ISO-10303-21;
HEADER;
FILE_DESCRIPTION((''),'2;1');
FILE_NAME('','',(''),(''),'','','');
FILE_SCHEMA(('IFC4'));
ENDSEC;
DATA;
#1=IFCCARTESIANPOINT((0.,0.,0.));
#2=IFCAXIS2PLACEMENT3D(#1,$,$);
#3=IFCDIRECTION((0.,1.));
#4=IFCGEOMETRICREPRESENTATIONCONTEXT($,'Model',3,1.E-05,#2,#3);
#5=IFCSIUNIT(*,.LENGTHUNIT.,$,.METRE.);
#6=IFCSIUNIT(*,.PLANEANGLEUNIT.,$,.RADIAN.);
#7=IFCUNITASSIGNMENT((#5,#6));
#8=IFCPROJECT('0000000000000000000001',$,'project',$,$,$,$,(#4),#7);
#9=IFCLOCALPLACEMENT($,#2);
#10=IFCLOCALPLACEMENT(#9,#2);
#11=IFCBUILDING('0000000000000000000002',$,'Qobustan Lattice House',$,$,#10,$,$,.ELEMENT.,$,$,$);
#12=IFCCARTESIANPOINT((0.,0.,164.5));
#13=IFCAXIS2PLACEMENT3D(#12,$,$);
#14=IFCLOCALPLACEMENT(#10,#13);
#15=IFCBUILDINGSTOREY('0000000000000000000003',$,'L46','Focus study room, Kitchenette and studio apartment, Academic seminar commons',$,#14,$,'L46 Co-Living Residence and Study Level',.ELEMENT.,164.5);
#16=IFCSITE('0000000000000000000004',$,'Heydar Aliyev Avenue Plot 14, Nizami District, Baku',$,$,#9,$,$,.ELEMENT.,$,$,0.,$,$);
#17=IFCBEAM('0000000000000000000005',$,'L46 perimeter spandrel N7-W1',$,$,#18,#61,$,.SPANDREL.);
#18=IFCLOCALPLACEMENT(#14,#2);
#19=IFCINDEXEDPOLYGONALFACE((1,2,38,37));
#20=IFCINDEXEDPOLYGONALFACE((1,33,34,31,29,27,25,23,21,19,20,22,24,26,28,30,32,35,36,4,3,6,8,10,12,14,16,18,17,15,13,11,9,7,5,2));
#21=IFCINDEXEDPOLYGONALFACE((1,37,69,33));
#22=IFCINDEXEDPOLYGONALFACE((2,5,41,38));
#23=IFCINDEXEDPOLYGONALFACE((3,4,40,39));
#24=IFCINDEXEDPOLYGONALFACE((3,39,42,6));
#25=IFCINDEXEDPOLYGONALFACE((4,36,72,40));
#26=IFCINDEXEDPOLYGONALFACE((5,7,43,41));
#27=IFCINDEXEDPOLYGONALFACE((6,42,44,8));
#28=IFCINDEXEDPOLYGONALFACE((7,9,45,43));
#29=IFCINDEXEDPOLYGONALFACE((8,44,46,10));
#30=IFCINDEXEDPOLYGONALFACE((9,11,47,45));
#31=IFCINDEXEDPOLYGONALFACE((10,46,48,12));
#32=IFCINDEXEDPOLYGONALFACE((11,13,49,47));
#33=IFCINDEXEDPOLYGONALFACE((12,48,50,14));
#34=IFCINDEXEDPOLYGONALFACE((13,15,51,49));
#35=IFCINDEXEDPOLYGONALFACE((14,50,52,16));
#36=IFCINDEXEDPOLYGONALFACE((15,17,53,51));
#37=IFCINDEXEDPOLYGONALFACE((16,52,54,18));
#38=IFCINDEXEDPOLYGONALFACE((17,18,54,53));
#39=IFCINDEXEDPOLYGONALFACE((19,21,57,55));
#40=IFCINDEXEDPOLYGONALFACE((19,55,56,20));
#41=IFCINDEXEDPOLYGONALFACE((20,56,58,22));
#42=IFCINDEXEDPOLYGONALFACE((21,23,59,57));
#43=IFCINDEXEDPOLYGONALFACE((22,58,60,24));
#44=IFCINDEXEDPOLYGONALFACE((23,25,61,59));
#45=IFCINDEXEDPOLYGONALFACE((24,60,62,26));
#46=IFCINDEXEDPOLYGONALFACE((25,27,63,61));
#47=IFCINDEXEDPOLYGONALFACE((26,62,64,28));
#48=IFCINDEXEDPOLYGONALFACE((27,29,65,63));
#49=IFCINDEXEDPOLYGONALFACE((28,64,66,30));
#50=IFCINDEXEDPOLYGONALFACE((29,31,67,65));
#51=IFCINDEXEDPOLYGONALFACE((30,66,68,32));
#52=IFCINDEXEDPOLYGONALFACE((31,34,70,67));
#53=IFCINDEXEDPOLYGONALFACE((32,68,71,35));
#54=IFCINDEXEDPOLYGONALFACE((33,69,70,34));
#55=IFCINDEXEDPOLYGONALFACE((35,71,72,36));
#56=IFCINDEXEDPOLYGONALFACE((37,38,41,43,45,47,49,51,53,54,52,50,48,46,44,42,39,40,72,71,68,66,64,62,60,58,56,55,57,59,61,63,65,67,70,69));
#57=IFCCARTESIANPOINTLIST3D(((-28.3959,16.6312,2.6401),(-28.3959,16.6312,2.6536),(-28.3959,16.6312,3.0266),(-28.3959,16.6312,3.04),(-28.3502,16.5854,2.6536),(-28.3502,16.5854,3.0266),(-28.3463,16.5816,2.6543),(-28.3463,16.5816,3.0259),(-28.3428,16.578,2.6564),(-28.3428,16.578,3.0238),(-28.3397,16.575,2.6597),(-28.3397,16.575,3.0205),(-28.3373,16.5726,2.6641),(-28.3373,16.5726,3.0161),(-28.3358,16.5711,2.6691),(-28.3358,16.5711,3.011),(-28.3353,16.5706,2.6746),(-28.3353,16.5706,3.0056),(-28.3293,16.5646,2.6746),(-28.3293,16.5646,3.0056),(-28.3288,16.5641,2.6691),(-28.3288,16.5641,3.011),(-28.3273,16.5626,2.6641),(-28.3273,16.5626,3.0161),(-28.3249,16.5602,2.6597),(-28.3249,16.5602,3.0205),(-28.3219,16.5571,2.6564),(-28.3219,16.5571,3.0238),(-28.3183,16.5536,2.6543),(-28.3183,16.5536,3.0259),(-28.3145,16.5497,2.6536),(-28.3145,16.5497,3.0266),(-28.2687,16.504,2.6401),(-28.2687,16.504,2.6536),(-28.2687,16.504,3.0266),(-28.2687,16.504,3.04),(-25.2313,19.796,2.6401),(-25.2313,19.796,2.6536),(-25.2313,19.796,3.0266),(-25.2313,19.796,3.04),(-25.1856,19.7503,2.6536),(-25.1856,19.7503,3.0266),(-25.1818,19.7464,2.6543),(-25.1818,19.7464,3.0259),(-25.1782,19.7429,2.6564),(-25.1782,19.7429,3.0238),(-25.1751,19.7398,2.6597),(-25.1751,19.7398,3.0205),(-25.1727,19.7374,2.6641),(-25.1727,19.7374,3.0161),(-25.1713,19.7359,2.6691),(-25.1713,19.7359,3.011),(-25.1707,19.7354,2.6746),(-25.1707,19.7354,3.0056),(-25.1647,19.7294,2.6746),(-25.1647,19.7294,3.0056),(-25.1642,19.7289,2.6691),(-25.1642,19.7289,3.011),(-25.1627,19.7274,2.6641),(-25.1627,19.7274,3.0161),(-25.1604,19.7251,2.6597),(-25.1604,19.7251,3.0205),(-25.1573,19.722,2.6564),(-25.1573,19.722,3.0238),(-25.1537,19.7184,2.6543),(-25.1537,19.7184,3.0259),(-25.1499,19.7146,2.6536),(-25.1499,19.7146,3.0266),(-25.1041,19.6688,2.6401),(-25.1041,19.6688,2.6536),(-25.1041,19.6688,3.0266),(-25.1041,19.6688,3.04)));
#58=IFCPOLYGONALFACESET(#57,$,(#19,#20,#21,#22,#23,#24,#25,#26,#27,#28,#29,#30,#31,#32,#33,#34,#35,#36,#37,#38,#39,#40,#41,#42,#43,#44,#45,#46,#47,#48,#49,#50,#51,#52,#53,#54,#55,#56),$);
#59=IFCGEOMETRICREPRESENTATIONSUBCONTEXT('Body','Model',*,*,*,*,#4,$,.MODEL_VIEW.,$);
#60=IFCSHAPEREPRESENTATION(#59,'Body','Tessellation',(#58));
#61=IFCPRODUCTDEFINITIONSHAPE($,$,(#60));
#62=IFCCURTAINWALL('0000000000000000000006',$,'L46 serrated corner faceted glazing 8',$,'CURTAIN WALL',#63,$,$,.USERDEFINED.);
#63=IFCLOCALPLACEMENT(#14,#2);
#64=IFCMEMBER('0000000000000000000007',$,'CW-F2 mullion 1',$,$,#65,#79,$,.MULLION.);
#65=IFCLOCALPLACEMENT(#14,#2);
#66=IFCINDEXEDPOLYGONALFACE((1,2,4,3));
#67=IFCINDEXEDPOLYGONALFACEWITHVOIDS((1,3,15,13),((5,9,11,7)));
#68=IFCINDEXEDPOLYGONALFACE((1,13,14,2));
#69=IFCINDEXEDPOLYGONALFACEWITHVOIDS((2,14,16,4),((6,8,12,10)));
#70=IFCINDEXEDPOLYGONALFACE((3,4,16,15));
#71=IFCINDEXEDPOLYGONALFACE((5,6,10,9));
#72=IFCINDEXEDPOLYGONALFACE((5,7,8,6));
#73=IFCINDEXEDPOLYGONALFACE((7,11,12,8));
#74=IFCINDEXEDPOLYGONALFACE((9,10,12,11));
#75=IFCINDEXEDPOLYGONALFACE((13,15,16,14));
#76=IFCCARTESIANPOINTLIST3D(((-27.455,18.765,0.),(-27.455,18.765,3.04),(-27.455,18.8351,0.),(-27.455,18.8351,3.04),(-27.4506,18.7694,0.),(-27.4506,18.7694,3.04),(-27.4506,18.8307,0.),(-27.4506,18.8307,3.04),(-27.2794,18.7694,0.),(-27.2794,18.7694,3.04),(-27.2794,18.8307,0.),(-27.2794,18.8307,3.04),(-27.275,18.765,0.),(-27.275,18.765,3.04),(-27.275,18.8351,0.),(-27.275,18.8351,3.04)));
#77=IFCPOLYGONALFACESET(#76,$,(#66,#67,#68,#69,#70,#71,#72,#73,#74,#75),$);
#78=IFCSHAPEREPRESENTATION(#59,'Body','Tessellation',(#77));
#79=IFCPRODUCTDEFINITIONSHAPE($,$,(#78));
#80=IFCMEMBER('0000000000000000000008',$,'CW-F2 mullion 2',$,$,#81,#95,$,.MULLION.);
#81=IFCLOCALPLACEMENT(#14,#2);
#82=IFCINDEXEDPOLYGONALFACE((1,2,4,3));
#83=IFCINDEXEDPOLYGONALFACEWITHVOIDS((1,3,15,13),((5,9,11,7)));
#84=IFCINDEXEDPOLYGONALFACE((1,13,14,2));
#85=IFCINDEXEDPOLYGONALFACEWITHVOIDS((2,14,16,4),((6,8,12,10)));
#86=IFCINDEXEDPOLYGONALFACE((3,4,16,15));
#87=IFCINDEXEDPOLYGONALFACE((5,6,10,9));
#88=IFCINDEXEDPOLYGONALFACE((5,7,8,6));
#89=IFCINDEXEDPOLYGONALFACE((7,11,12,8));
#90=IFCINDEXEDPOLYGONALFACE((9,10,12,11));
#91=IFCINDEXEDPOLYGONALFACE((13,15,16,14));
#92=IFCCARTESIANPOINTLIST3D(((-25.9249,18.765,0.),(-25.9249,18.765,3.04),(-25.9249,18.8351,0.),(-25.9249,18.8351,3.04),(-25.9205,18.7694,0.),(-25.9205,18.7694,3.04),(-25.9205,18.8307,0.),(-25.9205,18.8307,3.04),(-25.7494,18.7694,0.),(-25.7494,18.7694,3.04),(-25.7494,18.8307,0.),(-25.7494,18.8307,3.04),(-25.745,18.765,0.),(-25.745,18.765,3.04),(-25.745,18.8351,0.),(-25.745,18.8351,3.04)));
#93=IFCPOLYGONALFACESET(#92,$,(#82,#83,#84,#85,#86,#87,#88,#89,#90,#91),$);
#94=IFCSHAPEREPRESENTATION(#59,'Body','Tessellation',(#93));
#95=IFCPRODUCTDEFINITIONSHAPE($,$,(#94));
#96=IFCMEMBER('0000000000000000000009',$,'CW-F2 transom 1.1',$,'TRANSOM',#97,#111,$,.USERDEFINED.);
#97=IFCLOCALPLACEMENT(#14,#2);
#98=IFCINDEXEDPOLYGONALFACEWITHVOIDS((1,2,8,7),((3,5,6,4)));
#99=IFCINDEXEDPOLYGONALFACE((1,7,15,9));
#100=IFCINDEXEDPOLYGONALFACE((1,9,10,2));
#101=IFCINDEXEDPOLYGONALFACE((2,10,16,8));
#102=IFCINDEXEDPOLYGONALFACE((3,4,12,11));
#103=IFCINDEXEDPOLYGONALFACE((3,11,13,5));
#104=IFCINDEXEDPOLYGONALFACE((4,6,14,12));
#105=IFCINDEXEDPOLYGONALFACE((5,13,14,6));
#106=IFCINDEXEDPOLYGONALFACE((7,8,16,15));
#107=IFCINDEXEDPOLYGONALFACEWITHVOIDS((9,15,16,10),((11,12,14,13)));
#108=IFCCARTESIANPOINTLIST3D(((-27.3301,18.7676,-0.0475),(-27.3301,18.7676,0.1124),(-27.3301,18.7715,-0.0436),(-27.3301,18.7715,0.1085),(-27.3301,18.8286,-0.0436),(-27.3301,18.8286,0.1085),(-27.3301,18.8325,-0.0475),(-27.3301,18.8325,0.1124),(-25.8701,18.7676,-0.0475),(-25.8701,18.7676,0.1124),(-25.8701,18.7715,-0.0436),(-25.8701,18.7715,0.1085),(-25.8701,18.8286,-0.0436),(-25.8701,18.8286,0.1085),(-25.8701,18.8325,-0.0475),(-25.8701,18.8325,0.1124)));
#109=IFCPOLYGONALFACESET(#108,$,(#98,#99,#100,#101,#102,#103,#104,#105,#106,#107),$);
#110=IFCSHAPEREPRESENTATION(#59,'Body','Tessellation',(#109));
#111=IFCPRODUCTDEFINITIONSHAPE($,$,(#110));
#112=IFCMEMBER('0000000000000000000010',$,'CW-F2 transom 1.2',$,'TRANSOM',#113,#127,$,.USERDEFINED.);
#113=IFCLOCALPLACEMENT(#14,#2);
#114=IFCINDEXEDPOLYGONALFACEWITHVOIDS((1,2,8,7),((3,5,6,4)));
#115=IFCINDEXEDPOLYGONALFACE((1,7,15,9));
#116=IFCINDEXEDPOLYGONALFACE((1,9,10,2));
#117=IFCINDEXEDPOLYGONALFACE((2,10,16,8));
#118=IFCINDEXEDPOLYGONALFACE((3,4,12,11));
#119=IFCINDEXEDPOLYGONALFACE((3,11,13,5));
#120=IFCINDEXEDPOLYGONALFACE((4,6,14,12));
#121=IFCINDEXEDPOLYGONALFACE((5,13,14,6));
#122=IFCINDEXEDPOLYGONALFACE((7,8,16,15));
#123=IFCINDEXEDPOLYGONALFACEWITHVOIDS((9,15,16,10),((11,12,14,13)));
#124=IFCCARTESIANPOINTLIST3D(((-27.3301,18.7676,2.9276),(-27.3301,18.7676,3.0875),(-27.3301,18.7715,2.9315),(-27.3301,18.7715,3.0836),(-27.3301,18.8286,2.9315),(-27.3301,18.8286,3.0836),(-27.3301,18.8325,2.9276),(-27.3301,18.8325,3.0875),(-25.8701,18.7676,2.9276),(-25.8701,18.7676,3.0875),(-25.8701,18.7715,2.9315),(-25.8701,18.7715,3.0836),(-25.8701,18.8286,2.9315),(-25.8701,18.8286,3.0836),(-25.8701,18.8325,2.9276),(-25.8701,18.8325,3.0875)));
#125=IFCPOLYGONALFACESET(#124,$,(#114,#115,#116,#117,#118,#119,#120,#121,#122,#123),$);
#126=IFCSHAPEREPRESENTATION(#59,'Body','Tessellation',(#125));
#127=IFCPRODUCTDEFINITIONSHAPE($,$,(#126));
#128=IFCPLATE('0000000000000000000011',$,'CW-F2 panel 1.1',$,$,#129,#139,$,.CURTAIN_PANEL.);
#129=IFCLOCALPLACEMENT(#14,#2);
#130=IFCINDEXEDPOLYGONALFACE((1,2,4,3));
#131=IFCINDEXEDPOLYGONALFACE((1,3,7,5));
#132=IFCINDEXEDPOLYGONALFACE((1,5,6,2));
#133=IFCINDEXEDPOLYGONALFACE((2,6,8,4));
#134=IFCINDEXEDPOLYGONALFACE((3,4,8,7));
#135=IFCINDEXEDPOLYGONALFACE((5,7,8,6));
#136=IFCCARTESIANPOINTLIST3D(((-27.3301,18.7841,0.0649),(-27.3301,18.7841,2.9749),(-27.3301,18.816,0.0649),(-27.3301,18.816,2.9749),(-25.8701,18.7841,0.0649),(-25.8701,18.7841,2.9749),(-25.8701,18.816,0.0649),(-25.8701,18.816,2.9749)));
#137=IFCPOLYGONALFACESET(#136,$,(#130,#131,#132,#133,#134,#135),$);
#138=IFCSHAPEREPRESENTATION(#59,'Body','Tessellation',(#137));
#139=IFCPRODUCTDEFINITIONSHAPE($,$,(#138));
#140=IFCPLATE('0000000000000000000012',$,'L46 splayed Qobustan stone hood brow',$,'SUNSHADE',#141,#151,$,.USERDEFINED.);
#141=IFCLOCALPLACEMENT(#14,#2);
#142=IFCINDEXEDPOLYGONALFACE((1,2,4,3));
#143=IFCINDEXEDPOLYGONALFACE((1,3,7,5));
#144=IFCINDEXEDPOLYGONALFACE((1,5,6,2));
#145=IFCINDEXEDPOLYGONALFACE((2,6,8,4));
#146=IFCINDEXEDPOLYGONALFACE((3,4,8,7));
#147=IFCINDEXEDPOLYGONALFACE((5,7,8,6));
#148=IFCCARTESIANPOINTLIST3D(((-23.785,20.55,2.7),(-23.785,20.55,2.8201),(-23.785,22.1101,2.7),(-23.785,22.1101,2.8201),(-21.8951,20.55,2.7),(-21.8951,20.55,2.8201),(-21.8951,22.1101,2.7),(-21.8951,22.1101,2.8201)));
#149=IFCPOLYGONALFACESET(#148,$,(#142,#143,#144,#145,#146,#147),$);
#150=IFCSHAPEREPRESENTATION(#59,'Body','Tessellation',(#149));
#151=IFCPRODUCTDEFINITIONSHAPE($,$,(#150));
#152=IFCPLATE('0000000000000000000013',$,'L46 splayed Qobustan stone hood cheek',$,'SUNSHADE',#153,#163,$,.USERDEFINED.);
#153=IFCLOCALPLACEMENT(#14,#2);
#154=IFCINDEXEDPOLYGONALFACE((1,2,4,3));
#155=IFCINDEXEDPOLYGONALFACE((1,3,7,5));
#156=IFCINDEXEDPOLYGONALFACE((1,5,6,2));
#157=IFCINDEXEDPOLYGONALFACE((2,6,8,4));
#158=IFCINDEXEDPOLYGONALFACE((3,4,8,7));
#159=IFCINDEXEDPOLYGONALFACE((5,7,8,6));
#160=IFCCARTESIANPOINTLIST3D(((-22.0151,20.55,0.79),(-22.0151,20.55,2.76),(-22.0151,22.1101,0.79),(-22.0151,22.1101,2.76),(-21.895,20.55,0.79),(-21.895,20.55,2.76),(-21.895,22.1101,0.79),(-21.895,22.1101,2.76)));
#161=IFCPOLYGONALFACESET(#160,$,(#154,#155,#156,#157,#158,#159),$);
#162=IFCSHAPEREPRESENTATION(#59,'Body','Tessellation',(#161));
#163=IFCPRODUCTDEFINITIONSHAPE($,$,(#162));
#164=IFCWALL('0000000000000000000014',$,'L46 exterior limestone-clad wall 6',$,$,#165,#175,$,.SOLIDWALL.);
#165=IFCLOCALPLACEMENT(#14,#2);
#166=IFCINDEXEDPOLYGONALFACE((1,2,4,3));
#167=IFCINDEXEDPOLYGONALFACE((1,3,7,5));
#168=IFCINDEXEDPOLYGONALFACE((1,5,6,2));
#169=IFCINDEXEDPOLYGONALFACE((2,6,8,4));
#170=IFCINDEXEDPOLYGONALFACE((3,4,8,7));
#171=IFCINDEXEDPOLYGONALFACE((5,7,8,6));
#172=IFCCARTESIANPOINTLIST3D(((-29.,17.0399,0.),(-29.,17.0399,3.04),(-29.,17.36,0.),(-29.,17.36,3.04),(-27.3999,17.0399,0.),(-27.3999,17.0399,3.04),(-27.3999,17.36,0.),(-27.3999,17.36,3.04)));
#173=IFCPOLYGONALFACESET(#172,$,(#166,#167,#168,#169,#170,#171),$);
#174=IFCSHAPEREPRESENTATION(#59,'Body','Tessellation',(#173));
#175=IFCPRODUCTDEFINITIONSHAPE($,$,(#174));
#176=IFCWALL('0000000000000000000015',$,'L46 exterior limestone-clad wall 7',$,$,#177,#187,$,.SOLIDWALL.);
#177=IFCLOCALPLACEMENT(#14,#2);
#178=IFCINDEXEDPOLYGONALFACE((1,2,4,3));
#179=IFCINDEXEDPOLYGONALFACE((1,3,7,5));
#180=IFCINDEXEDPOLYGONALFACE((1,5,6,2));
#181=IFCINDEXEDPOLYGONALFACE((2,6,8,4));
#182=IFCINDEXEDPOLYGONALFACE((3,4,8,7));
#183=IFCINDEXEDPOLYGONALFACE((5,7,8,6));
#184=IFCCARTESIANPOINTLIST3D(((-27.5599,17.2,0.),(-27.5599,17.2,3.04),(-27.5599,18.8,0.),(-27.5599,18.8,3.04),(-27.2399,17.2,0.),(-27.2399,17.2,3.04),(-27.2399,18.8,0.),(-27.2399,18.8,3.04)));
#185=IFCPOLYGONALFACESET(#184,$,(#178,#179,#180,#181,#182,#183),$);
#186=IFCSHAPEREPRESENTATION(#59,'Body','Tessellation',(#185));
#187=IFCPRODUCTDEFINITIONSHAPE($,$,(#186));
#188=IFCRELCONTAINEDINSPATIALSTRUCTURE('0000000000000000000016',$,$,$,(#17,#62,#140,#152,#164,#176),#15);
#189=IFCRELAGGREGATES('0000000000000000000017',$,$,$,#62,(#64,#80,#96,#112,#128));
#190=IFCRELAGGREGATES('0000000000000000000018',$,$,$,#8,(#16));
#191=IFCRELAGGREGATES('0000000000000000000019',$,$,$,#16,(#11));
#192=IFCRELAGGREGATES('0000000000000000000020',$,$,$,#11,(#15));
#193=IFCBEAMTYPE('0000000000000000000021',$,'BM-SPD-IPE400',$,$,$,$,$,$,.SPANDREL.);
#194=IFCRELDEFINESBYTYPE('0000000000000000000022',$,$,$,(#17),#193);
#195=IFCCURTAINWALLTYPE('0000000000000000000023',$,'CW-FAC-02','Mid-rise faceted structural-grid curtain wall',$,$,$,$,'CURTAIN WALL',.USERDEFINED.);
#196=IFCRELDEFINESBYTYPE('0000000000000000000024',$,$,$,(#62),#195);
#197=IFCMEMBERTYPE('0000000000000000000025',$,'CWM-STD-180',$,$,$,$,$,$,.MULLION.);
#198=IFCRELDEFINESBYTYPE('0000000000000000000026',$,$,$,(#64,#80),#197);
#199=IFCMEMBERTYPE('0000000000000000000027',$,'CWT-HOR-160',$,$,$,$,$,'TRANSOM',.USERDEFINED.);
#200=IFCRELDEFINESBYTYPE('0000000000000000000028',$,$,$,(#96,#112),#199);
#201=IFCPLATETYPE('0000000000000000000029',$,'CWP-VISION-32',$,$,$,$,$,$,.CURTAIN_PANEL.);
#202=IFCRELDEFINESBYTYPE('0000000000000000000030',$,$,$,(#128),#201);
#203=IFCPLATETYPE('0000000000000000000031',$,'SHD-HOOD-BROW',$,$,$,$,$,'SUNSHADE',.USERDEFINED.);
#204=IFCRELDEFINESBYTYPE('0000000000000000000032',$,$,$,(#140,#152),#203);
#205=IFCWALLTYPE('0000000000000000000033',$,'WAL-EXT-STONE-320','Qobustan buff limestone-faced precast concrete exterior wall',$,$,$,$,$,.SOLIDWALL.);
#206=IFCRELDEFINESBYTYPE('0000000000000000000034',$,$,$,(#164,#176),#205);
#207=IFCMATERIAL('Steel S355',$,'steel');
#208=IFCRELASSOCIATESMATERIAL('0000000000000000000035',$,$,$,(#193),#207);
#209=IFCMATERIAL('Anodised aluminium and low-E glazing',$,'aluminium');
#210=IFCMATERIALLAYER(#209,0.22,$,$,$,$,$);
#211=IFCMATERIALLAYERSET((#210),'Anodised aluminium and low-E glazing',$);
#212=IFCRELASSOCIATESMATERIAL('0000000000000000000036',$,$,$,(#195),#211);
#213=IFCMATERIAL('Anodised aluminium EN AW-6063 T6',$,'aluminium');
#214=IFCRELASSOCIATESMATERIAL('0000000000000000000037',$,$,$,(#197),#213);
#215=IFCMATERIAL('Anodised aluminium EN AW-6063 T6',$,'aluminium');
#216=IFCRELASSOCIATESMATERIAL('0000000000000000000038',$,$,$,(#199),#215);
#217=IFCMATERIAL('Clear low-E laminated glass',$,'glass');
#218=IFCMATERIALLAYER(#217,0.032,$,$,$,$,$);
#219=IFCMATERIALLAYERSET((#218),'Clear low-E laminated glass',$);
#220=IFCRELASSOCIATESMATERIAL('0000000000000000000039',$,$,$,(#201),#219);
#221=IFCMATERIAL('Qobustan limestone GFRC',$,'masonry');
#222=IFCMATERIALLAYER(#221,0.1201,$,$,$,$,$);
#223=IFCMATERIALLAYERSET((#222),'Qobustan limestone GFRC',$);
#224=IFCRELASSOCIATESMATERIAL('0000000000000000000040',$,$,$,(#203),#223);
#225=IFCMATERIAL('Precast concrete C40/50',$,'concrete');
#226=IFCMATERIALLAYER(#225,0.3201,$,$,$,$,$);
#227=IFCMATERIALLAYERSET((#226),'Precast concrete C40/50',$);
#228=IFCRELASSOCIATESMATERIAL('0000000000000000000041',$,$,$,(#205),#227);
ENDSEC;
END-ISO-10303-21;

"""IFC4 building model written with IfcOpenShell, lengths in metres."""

from ifc_helpers import new_model, si_unit, direction, frame, frame_2d, origin, origin_2d, place, context, subcontext, project, spatial, rectangle, hollow_rectangle, i_section, extrude, material, layer, layer_set, material_profile, profile_set, type_object, element, aggregate, save


model = new_model("IFC4")

# Units and contexts
model_context = context("Model", 3, precision=1e-05, world=origin(), true_north=direction((0.0, 1.0)))
body_context = subcontext(model_context, "Body", "Model", "MODEL_VIEW")
ifc_project = project(units=[si_unit("LENGTHUNIT", "METRE"), si_unit("PLANEANGLEUNIT", "RADIAN")], contexts=[model_context])

# Site, building, storey
site_placement = place(None, origin())
site = spatial("IfcSite", under=ifc_project, at=site_placement, Name="Heydar Aliyev Avenue Plot 14, Nizami District, Baku", CompositionType="ELEMENT", RefElevation=0.0)
building_placement = place(site_placement, origin())
building = spatial("IfcBuilding", under=site, at=building_placement, Name="Qobustan Lattice House", CompositionType="ELEMENT")
storey_placement = place(building_placement, frame((0.0, 0.0, 164.5)))
storey = spatial("IfcBuildingStorey", under=building, at=storey_placement, Name="L46", Description="Focus study room, Kitchenette and studio apartment, Academic seminar commons", LongName="L46 Co-Living Residence and Study Level", CompositionType="ELEMENT", Elevation=164.5)

# Beam
ifc_material_1 = material(Name="Steel S355", Category="steel")
ifc_material_profile_1 = material_profile(ifc_material_1, i_section(OverallWidth=0.1799, OverallDepth=0.3999, WebThickness=0.0085, FlangeThickness=0.0134, FilletRadius=0.021, at=origin_2d()), Name="IPE400")
ifc_profile_set_1 = profile_set([ifc_material_profile_1], Name="Steel S355")
beam_type_1 = type_object("IfcBeamType", Name="BM-SPD-IPE400", PredefinedType="SPANDREL", material=ifc_profile_set_1)
beam_1_placement = place(storey_placement, frame((-25.1677, 19.7324, 2.8401), z_axis=(-0.70708, -0.707134, 0.0), x_axis=(0.707134, -0.70708, 0.0)))
element("IfcBeam", 1, at=beam_1_placement, inside=storey, type_object=beam_type_1, Name="L46 perimeter spandrel N7-W1", PredefinedType="SPANDREL", context=body_context, shape_type="SweptSolid", body=[
    extrude(i_section(OverallWidth=0.1799, OverallDepth=0.3999, WebThickness=0.0085, FlangeThickness=0.0134, FilletRadius=0.021, at=origin_2d()), origin(), (0.0, 0.0, 1.0), 4.4756),
])

# Curtain wall, members, plate
ifc_material_2 = material(Name="Anodised aluminium and low-E glazing", Category="aluminium")
ifc_layer_1 = layer(ifc_material_2, 0.22)
ifc_layer_set_1 = layer_set([ifc_layer_1], Name="Anodised aluminium and low-E glazing")
curtain_wall_type = type_object("IfcCurtainWallType", Name="CW-FAC-02", Description="Mid-rise faceted structural-grid curtain wall", ElementType="CURTAIN WALL", PredefinedType="USERDEFINED", material=ifc_layer_set_1)
curtain_wall_placement = place(storey_placement, origin())
curtain_wall = element("IfcCurtainWall", 2, at=curtain_wall_placement, inside=storey, type_object=curtain_wall_type, Name="L46 serrated corner faceted glazing 8", ObjectType="CURTAIN WALL", PredefinedType="USERDEFINED")
ifc_material_3 = material(Name="Anodised aluminium EN AW-6063 T6", Category="aluminium")
ifc_material_profile_2 = material_profile(ifc_material_3, hollow_rectangle(XDim=0.0701, YDim=0.1799, WallThickness=0.0044, at=origin_2d()), Name="CWM-180x70")
ifc_profile_set_2 = profile_set([ifc_material_profile_2], Name="Anodised aluminium EN AW-6063 T6")
member_type_1 = type_object("IfcMemberType", Name="CWM-STD-180", PredefinedType="MULLION", material=ifc_profile_set_2)
member_1_placement = place(storey_placement, frame((-27.365, 18.8, 0.0), z_axis=(0.0, 0.0, 1.0), x_axis=(0.0, 1.0, 0.0)))
member_1 = element("IfcMember", 3, at=member_1_placement, type_object=member_type_1, Name="CW-F2 mullion 1", PredefinedType="MULLION", context=body_context, shape_type="SweptSolid", body=[
    extrude(hollow_rectangle(XDim=0.0701, YDim=0.1799, WallThickness=0.0044, at=origin_2d()), origin(), (0.0, 0.0, 1.0), 3.04),
])
member_2_placement = place(storey_placement, frame((-25.835, 18.8, 0.0), z_axis=(0.0, 0.0, 1.0), x_axis=(0.0, 1.0, 0.0)))
member_2 = element("IfcMember", 4, at=member_2_placement, type_object=member_type_1, Name="CW-F2 mullion 2", PredefinedType="MULLION", context=body_context, shape_type="SweptSolid", body=[
    extrude(hollow_rectangle(XDim=0.0701, YDim=0.1799, WallThickness=0.0044, at=origin_2d()), origin(), (0.0, 0.0, 1.0), 3.04),
])
ifc_material_4 = material(Name="Anodised aluminium EN AW-6063 T6", Category="aluminium")
ifc_material_profile_3 = material_profile(ifc_material_4, hollow_rectangle(XDim=0.0649, YDim=0.1599, WallThickness=0.0039, at=origin_2d()), Name="CWT-160x65")
ifc_profile_set_3 = profile_set([ifc_material_profile_3], Name="Anodised aluminium EN AW-6063 T6")
member_type_2 = type_object("IfcMemberType", Name="CWT-HOR-160", ElementType="TRANSOM", PredefinedType="USERDEFINED", material=ifc_profile_set_3)
member_3_placement = place(storey_placement, frame((-27.3301, 18.8, 0.0325), z_axis=(1.0, 0.0, 0.0), x_axis=(0.0, 1.0, 0.0)))
member_3 = element("IfcMember", 5, at=member_3_placement, type_object=member_type_2, Name="CW-F2 transom 1.1", ObjectType="TRANSOM", PredefinedType="USERDEFINED", context=body_context, shape_type="SweptSolid", body=[
    extrude(hollow_rectangle(XDim=0.0649, YDim=0.1599, WallThickness=0.0039, at=origin_2d()), origin(), (0.0, 0.0, 1.0), 1.46),
])
member_4_placement = place(storey_placement, frame((-27.3301, 18.8, 3.0076), z_axis=(1.0, 0.0, 0.0), x_axis=(0.0, 1.0, 0.0)))
member_4 = element("IfcMember", 6, at=member_4_placement, type_object=member_type_2, Name="CW-F2 transom 1.2", ObjectType="TRANSOM", PredefinedType="USERDEFINED", context=body_context, shape_type="SweptSolid", body=[
    extrude(hollow_rectangle(XDim=0.0649, YDim=0.1599, WallThickness=0.0039, at=origin_2d()), origin(), (0.0, 0.0, 1.0), 1.46),
])
ifc_material_5 = material(Name="Clear low-E laminated glass", Category="glass")
ifc_layer_2 = layer(ifc_material_5, 0.032)
ifc_layer_set_2 = layer_set([ifc_layer_2], Name="Clear low-E laminated glass")
plate_type_1 = type_object("IfcPlateType", Name="CWP-VISION-32", PredefinedType="CURTAIN_PANEL", material=ifc_layer_set_2)
plate_1_placement = place(storey_placement, frame((-26.6001, 18.8, 0.0649), z_axis=(0.0, 0.0, 1.0), x_axis=(1.0, 0.0, 0.0)))
plate_1 = element("IfcPlate", 7, at=plate_1_placement, type_object=plate_type_1, Name="CW-F2 panel 1.1", PredefinedType="CURTAIN_PANEL", context=body_context, shape_type="SweptSolid", body=[
    extrude(rectangle(XDim=1.46, YDim=0.032, at=origin_2d()), origin(), (0.0, 0.0, 1.0), 2.9099),
])
aggregate(curtain_wall, [member_1, member_2, member_3, member_4, plate_1])

# Plates
ifc_material_6 = material(Name="Qobustan limestone GFRC", Category="masonry")
ifc_layer_3 = layer(ifc_material_6, 0.1201)
ifc_layer_set_3 = layer_set([ifc_layer_3], Name="Qobustan limestone GFRC")
plate_type_2 = type_object("IfcPlateType", Name="SHD-HOOD-BROW", ElementType="SUNSHADE", PredefinedType="USERDEFINED", material=ifc_layer_set_3)
plate_2_placement = place(storey_placement, frame((-22.8401, 21.3301, 2.7), z_axis=(0.0, 0.0, 1.0), x_axis=(1.0, 0.0, 0.0)))
element("IfcPlate", 8, at=plate_2_placement, inside=storey, type_object=plate_type_2, Name="L46 splayed Qobustan stone hood brow", ObjectType="SUNSHADE", PredefinedType="USERDEFINED", context=body_context, shape_type="SweptSolid", body=[
    extrude(rectangle(XDim=1.8899, YDim=1.5601, at=origin_2d()), origin(), (0.0, 0.0, 1.0), 0.1201),
])
plate_3_placement = place(storey_placement, frame((-21.9551, 21.3301, 0.79), z_axis=(0.0, 0.0, 1.0), x_axis=(1.0, 0.0, 0.0)))
element("IfcPlate", 9, at=plate_3_placement, inside=storey, type_object=plate_type_2, Name="L46 splayed Qobustan stone hood cheek", ObjectType="SUNSHADE", PredefinedType="USERDEFINED", context=body_context, shape_type="SweptSolid", body=[
    extrude(rectangle(XDim=0.1201, YDim=1.5601, at=origin_2d()), origin(), (0.0, 0.0, 1.0), 1.97),
])

# Walls
ifc_material_7 = material(Name="Precast concrete C40/50", Category="concrete")
ifc_layer_4 = layer(ifc_material_7, 0.3201)
ifc_layer_set_4 = layer_set([ifc_layer_4], Name="Precast concrete C40/50")
wall_type_1 = type_object("IfcWallType", Name="WAL-EXT-STONE-320", Description="Qobustan buff limestone-faced precast concrete exterior wall", PredefinedType="SOLIDWALL", material=ifc_layer_set_4)
for number, where, z_axis, x_axis, name in (
    (10, (-29.0, 17.2, 0.0), (0.0, 0.0, 1.0), (1.0, 0.0, 0.0), "L46 exterior limestone-clad wall 6"),
    (11, (-27.3999, 17.2, 0.0), (0.0, 0.0, 1.0), (0.0, 1.0, 0.0), "L46 exterior limestone-clad wall 7"),
):
    element("IfcWall", number, at=place(storey_placement, frame(where, z_axis=z_axis, x_axis=x_axis)), inside=storey, type_object=wall_type_1, Name=name, PredefinedType="SOLIDWALL", context=body_context, shape_type="SweptSolid", body=[
        extrude(rectangle(XDim=1.6001, YDim=0.3201, at=frame_2d((0.8, 0.0))), origin(), (0.0, 0.0, 1.0), 3.04),
    ])

save(model, "model.ifc")
